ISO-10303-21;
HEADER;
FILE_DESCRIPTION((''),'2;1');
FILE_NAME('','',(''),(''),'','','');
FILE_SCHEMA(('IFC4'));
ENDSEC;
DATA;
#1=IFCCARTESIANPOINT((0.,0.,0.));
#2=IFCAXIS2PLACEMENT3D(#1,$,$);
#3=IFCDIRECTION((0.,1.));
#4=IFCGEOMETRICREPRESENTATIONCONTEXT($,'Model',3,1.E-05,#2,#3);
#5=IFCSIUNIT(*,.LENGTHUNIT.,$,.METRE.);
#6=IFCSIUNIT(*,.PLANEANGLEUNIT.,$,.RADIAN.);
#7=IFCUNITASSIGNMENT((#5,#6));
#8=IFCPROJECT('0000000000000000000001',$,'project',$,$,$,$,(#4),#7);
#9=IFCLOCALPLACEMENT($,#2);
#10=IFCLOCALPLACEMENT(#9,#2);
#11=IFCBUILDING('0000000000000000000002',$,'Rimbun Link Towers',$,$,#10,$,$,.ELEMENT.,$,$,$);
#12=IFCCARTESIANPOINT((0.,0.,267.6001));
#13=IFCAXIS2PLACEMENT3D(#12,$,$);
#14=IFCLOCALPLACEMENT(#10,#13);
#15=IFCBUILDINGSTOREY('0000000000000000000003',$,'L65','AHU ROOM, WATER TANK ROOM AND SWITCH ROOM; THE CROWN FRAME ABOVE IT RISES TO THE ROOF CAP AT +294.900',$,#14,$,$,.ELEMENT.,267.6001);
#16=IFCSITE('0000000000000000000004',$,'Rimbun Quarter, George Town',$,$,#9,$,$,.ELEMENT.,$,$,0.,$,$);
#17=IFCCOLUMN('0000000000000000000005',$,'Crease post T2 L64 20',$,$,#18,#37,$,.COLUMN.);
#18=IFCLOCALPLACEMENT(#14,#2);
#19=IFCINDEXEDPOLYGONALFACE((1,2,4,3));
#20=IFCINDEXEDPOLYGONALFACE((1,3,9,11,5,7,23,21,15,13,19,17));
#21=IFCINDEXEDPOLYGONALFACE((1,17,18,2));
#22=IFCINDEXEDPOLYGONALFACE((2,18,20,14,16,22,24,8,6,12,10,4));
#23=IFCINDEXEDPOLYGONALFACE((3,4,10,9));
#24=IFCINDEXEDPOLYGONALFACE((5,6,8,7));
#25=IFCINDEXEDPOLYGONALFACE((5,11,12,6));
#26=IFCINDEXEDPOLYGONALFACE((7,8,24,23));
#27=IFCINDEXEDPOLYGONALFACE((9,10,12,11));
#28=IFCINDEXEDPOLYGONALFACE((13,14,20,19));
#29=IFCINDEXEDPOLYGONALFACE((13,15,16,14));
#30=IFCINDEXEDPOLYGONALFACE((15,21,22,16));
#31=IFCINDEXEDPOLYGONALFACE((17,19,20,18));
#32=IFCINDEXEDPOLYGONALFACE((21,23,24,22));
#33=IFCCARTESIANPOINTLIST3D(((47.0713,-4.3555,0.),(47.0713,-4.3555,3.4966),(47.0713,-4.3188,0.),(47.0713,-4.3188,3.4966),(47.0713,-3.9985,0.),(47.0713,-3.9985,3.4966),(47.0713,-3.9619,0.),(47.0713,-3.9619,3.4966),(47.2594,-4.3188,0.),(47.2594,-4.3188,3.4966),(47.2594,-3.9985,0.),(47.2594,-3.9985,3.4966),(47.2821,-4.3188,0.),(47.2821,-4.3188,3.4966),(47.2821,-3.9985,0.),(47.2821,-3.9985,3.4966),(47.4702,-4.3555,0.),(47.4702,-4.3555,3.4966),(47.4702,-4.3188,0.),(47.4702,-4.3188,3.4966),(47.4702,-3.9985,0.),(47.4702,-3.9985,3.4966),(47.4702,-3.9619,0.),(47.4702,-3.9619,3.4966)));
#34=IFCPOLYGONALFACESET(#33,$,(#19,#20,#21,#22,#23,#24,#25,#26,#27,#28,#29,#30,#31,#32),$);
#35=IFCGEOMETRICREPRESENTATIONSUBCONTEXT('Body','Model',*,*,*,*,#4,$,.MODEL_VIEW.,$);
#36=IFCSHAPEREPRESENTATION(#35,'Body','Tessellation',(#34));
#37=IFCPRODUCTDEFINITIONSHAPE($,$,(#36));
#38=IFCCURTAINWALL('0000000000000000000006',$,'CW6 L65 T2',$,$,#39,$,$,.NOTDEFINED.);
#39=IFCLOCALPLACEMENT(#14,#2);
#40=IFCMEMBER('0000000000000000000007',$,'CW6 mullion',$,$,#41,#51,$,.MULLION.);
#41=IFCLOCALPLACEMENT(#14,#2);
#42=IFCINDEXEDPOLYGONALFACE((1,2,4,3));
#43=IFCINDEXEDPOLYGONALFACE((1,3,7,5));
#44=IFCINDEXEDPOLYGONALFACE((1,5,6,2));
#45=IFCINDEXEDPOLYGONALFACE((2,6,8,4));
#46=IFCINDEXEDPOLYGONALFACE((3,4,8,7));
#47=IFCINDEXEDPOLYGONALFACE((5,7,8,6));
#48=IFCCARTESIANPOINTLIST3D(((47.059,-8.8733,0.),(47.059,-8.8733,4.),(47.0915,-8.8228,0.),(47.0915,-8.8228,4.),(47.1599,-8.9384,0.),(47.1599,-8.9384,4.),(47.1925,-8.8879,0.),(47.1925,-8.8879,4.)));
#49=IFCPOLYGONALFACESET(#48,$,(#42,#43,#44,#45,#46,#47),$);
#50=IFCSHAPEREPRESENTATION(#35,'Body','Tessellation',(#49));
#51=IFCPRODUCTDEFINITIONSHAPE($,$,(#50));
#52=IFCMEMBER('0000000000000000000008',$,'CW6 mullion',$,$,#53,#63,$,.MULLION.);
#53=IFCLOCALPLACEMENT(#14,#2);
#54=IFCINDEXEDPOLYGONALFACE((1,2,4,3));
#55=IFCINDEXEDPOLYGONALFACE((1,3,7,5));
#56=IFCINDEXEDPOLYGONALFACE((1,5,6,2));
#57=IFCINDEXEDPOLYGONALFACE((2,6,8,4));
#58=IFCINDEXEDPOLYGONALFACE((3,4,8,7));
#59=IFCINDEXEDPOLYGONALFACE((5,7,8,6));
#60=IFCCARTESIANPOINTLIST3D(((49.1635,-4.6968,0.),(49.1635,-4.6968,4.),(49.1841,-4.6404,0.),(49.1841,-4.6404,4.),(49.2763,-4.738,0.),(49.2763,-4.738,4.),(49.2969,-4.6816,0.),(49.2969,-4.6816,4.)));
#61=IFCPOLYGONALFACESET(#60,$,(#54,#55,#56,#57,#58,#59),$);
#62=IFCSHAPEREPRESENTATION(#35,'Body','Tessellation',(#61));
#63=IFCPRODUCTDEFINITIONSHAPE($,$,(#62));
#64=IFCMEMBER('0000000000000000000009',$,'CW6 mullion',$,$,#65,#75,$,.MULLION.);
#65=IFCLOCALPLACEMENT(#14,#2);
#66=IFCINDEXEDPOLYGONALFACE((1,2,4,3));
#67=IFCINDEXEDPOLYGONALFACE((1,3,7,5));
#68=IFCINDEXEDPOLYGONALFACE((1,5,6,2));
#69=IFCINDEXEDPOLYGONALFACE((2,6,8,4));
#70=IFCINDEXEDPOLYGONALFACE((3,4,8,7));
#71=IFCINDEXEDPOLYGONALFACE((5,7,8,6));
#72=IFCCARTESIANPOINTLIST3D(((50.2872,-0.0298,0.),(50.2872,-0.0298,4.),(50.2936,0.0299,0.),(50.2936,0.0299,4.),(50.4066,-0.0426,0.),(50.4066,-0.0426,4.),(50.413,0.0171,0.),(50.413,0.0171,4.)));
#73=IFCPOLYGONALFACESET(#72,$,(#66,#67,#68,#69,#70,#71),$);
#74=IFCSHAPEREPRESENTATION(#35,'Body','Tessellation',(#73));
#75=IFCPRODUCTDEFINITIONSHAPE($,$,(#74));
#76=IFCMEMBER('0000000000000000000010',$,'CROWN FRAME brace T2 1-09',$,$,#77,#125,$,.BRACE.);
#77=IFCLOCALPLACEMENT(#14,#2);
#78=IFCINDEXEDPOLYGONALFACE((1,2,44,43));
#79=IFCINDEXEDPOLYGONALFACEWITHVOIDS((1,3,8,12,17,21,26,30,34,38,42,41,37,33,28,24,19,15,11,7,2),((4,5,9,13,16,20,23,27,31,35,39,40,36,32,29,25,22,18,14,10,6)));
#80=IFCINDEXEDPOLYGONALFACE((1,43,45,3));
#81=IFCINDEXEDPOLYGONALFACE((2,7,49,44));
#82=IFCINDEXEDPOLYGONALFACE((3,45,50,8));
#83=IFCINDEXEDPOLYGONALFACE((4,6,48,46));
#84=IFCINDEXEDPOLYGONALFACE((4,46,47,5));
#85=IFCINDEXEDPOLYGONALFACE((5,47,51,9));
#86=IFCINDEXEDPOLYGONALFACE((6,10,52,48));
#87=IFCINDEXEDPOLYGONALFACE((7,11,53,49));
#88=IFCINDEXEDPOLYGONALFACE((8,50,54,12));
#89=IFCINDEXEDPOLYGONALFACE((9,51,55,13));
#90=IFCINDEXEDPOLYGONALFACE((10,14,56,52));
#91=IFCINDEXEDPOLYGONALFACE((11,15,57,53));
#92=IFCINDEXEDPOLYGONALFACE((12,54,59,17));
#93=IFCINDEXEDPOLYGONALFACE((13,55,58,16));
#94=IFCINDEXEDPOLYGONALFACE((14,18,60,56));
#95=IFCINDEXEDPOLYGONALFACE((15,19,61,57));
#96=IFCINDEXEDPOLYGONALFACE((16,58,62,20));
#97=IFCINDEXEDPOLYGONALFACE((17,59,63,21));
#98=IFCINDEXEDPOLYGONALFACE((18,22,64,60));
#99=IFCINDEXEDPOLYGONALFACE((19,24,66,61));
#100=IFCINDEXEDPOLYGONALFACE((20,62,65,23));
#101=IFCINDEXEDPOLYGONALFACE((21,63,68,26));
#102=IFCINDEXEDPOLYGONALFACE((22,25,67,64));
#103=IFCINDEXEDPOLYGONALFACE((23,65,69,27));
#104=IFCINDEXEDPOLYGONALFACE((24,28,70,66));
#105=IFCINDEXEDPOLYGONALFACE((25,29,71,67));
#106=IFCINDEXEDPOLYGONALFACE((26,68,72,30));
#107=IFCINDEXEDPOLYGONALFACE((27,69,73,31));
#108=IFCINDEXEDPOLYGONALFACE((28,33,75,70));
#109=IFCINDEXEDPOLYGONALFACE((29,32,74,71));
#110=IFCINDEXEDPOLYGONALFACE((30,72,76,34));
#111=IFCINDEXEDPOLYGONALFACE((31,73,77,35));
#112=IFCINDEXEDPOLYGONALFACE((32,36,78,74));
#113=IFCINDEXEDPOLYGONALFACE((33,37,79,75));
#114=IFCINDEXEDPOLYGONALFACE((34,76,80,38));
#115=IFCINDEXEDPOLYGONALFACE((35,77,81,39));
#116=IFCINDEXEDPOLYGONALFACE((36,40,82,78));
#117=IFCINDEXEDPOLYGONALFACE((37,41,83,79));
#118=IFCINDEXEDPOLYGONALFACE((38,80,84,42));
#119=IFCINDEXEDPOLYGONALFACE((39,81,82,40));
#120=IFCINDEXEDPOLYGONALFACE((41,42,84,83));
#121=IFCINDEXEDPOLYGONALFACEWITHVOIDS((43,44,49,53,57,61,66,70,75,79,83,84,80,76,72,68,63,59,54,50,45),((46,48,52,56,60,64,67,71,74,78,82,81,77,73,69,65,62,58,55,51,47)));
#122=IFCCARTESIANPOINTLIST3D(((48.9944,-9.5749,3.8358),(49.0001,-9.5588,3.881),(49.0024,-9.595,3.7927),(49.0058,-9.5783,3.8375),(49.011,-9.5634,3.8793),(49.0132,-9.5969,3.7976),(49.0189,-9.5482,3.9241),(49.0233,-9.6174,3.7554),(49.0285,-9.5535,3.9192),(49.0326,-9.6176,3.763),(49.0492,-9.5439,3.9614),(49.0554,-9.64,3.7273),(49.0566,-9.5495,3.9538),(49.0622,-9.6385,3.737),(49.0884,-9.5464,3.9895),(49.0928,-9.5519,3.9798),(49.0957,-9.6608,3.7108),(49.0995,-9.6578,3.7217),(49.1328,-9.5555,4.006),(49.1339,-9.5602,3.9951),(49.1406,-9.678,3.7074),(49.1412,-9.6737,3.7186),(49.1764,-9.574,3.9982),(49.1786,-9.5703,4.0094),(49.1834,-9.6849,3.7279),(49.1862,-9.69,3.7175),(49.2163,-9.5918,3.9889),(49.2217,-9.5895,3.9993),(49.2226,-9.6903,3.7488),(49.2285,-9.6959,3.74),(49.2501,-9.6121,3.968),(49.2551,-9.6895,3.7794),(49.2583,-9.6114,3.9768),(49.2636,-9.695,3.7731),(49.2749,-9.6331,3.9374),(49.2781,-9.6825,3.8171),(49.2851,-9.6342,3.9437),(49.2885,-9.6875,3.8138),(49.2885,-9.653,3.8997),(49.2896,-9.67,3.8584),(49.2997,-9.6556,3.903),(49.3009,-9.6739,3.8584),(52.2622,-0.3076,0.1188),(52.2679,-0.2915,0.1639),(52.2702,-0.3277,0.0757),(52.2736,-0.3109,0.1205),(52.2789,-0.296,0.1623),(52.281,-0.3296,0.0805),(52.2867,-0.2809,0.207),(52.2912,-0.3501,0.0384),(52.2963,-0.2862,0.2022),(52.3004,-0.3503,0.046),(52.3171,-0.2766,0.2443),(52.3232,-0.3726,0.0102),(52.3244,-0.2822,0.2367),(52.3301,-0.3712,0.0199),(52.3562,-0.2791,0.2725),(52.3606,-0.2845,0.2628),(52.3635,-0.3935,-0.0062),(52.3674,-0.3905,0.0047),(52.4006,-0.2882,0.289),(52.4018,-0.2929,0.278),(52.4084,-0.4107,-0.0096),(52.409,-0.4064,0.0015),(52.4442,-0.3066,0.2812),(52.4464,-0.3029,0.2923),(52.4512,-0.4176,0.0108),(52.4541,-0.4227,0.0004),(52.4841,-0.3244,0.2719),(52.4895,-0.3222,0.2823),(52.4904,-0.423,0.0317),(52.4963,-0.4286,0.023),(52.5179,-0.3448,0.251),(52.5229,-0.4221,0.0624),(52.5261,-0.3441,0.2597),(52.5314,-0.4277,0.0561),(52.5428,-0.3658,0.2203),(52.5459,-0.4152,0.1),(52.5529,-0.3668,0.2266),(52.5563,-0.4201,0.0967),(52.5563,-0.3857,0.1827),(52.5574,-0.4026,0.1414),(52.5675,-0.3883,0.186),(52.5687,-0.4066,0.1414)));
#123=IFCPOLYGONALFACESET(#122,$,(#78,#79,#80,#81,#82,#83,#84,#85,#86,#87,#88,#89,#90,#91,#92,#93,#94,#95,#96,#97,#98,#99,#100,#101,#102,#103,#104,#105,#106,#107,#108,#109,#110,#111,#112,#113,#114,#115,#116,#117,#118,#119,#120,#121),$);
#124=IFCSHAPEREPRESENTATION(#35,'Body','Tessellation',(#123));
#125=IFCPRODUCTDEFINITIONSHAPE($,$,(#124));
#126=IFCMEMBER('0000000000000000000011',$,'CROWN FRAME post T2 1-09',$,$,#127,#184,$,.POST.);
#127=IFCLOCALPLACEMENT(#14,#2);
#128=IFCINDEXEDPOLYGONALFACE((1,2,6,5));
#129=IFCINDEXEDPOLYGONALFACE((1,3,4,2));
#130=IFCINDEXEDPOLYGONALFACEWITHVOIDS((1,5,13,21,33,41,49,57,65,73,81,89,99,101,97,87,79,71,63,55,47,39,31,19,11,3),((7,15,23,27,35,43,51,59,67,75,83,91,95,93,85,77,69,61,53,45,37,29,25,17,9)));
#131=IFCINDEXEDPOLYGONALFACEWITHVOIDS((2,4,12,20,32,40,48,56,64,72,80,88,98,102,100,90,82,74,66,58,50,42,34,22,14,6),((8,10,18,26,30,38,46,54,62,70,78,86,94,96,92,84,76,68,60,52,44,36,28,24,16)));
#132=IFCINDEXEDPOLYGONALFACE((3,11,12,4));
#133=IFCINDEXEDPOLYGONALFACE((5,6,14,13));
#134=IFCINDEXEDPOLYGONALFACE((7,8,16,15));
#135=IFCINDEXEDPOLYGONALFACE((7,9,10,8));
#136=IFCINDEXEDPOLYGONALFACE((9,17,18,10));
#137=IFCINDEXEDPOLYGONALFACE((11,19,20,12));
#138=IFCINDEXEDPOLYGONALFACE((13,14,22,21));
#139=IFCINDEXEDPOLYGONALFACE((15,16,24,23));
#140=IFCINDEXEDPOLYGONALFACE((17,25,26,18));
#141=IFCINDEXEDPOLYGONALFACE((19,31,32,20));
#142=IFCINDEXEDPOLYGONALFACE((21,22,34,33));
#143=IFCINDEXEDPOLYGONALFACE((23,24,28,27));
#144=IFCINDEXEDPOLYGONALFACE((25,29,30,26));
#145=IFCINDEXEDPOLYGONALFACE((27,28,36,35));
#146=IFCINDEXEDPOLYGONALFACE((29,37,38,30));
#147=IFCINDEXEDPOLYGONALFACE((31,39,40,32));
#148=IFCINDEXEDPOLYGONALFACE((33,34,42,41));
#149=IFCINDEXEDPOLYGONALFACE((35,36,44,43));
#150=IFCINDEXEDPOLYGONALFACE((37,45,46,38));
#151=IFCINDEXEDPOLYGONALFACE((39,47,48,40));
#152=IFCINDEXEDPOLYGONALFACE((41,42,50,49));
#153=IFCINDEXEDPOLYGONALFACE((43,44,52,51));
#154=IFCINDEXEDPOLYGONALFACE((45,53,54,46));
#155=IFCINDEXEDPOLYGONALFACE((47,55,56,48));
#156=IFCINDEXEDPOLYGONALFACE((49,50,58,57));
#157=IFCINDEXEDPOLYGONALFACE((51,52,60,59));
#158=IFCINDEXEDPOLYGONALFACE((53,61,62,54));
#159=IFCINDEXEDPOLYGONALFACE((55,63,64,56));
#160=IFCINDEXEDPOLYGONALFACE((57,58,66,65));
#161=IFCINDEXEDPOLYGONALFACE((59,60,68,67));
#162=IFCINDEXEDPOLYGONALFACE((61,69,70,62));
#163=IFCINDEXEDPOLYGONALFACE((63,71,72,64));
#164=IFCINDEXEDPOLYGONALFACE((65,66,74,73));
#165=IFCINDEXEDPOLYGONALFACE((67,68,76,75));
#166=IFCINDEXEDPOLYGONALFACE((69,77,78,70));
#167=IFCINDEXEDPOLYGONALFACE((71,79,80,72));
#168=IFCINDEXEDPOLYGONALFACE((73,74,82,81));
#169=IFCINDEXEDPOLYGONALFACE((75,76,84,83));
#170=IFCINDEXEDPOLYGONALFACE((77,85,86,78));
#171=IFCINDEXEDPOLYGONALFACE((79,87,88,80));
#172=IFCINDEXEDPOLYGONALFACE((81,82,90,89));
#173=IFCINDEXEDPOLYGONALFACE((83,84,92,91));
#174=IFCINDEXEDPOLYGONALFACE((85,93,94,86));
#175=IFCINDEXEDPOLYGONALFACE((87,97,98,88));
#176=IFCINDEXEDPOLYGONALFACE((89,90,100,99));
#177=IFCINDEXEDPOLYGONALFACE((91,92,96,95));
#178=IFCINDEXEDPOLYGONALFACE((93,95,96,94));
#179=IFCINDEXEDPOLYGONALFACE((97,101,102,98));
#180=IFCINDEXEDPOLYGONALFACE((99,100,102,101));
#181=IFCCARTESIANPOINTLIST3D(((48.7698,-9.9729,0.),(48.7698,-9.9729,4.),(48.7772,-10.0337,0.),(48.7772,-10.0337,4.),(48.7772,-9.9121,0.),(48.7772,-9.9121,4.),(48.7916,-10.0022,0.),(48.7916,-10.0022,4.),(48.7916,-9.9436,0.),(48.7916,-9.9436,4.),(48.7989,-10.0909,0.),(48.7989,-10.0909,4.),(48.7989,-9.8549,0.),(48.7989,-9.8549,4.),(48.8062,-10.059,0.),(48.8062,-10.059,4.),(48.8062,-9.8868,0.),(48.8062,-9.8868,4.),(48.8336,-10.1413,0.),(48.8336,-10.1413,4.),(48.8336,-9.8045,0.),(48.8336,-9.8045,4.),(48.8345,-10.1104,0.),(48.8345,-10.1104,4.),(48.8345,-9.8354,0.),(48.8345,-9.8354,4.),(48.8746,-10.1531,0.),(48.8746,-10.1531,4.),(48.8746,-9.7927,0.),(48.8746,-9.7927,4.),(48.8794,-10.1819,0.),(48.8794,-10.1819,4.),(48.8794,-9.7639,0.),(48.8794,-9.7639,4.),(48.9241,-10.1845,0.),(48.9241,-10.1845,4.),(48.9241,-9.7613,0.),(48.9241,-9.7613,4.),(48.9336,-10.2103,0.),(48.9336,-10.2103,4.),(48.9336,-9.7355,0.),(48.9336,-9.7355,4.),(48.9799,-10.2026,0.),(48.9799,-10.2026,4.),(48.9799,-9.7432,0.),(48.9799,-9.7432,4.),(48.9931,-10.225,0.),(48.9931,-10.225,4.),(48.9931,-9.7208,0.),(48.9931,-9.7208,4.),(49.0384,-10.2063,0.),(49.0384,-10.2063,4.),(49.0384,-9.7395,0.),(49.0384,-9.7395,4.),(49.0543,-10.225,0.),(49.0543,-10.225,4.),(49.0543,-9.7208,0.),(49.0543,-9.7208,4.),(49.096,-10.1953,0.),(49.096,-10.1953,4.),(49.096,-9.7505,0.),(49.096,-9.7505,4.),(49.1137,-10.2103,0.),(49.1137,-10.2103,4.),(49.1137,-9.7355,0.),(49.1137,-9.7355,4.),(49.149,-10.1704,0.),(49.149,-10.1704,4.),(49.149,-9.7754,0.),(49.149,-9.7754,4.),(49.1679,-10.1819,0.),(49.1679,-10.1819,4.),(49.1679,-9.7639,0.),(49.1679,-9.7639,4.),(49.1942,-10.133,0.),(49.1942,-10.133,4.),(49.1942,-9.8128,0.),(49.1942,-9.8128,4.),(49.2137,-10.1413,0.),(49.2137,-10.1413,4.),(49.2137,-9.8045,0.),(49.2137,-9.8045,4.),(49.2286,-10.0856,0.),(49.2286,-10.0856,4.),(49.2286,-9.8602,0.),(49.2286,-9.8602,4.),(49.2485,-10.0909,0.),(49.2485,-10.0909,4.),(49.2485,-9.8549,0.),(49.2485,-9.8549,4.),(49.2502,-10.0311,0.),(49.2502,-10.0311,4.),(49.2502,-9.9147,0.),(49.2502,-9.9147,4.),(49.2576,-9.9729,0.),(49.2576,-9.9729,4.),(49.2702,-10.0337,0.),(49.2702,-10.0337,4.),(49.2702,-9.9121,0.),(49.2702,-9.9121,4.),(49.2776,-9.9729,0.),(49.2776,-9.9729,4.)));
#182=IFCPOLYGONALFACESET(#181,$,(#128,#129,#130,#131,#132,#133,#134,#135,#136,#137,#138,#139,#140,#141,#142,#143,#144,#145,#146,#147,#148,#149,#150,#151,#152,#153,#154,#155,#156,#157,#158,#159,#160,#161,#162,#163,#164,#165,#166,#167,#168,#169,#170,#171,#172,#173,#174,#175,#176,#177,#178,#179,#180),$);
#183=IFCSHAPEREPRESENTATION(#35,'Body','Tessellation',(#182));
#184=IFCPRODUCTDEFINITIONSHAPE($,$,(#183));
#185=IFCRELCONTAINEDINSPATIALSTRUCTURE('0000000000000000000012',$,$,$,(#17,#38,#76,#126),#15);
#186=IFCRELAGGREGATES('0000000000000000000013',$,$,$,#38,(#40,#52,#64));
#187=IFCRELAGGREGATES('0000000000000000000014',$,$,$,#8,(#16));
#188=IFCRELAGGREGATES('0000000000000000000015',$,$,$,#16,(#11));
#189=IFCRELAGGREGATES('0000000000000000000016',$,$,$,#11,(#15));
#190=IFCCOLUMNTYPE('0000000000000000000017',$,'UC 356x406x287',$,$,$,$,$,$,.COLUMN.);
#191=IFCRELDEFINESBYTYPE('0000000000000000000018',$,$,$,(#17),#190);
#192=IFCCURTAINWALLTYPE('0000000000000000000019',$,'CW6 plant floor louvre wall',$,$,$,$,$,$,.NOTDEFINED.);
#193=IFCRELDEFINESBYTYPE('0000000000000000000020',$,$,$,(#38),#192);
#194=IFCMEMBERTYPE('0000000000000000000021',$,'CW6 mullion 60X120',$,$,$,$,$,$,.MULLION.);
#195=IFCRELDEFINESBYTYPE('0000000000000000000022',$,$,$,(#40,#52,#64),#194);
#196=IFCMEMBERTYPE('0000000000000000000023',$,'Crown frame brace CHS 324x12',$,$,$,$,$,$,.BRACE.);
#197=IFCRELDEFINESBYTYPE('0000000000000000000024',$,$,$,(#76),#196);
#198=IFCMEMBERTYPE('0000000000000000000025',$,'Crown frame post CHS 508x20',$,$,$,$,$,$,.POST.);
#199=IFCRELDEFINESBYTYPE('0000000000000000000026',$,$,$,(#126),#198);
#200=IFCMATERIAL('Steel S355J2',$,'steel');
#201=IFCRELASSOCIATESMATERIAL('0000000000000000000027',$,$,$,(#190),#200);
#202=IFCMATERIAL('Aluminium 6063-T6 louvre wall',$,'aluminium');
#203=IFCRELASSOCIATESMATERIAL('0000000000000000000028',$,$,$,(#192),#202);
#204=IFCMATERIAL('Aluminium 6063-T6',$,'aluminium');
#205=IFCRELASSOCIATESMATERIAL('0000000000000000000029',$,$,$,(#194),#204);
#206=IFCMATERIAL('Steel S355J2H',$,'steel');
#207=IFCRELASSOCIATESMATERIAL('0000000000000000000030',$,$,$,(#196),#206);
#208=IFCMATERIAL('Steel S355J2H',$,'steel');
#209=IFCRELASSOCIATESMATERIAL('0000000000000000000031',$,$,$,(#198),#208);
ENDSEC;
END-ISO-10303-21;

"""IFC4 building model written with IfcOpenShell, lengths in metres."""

from ifc_helpers import new_model, si_unit, direction, frame, origin, origin_2d, place, context, subcontext, project, spatial, rectangle, hollow_circle, i_section, extrude, material, material_profile, profile_set, type_object, element, aggregate, save


model = new_model("IFC4")

# Units and contexts
model_context = context("Model", 3, precision=1e-05, world=origin(), true_north=direction((0.0, 1.0)))
body_context = subcontext(model_context, "Body", "Model", "MODEL_VIEW")
ifc_project = project(units=[si_unit("LENGTHUNIT", "METRE"), si_unit("PLANEANGLEUNIT", "RADIAN")], contexts=[model_context])

# Site, building, storey
site_placement = place(None, origin())
site = spatial("IfcSite", under=ifc_project, at=site_placement, Name="Rimbun Quarter, George Town", CompositionType="ELEMENT", RefElevation=0.0)
building_placement = place(site_placement, origin())
building = spatial("IfcBuilding", under=site, at=building_placement, Name="Rimbun Link Towers", CompositionType="ELEMENT")
storey_placement = place(building_placement, frame((0.0, 0.0, 267.6001)))
storey = spatial("IfcBuildingStorey", under=building, at=storey_placement, Name="L65", Description="AHU ROOM, WATER TANK ROOM AND SWITCH ROOM; THE CROWN FRAME ABOVE IT RISES TO THE ROOF CAP AT +294.900", CompositionType="ELEMENT", Elevation=267.6001)

# Column
ifc_material_1 = material(Name="Steel S355J2", Category="steel")
ifc_material_profile_1 = material_profile(ifc_material_1, i_section(OverallWidth=0.3989, OverallDepth=0.3936, WebThickness=0.0227, FlangeThickness=0.0366, at=origin_2d()), Name="UC 356x406x287")
ifc_profile_set_1 = profile_set([ifc_material_profile_1], Name="Steel S355J2")
column_type = type_object("IfcColumnType", Name="UC 356x406x287", PredefinedType="COLUMN", material=ifc_profile_set_1)
column_placement = place(storey_placement, frame((47.2708, -4.1587, 0.0), z_axis=(0.0, 0.0, 1.0), x_axis=(1.0, 0.0, 0.0)))
element("IfcColumn", 1, at=column_placement, inside=storey, type_object=column_type, Name="Crease post T2 L64 20", PredefinedType="COLUMN", context=body_context, shape_type="SweptSolid", body=[
    extrude(i_section(OverallWidth=0.3989, OverallDepth=0.3936, WebThickness=0.0227, FlangeThickness=0.0366, at=origin_2d()), origin(), (0.0, 0.0, 1.0), 3.4966),
])

# Curtain wall, members
ifc_material_2 = material(Name="Aluminium 6063-T6 louvre wall", Category="aluminium")
curtain_wall_type = type_object("IfcCurtainWallType", Name="CW6 plant floor louvre wall", PredefinedType="NOTDEFINED", material=ifc_material_2)
curtain_wall_placement = place(storey_placement, origin())
curtain_wall = element("IfcCurtainWall", 2, at=curtain_wall_placement, inside=storey, type_object=curtain_wall_type, Name="CW6 L65 T2", PredefinedType="NOTDEFINED")
ifc_material_3 = material(Name="Aluminium 6063-T6", Category="aluminium")
ifc_material_profile_2 = material_profile(ifc_material_3, rectangle(XDim=0.1201, YDim=0.0601, at=origin_2d()), Name="MULLION 60X120")
ifc_profile_set_2 = profile_set([ifc_material_profile_2], Name="Aluminium 6063-T6")
member_type_1 = type_object("IfcMemberType", Name="CW6 mullion 60X120", PredefinedType="MULLION", material=ifc_profile_set_2)
member_1_placement = place(storey_placement, frame((47.1257, -8.8806, 0.0), z_axis=(0.0, 0.0, 1.0), x_axis=(0.840313, -0.542101, 0.0)))
member_1 = element("IfcMember", 3, at=member_1_placement, type_object=member_type_1, Name="CW6 mullion", PredefinedType="MULLION", context=body_context, shape_type="SweptSolid", body=[
    extrude(rectangle(XDim=0.1201, YDim=0.0601, at=origin_2d()), origin(), (0.0, 0.0, 1.0), 4.0),
])
member_2_placement = place(storey_placement, frame((49.2302, -4.6892, 0.0), z_axis=(0.0, 0.0, 1.0), x_axis=(0.939349, -0.342962, 0.0)))
member_2 = element("IfcMember", 4, at=member_2_placement, type_object=member_type_1, Name="CW6 mullion", PredefinedType="MULLION", context=body_context, shape_type="SweptSolid", body=[
    extrude(rectangle(XDim=0.1201, YDim=0.0601, at=origin_2d()), origin(), (0.0, 0.0, 1.0), 4.0),
])
member_3_placement = place(storey_placement, frame((50.3501, -0.0063, 0.0), z_axis=(0.0, 0.0, 1.0), x_axis=(0.994298, -0.106641, 0.0)))
member_3 = element("IfcMember", 5, at=member_3_placement, type_object=member_type_1, Name="CW6 mullion", PredefinedType="MULLION", context=body_context, shape_type="SweptSolid", body=[
    extrude(rectangle(XDim=0.1201, YDim=0.0601, at=origin_2d()), origin(), (0.0, 0.0, 1.0), 4.0),
])

# Members
ifc_material_4 = material(Name="Steel S355J2H", Category="steel")
ifc_material_profile_3 = material_profile(ifc_material_4, hollow_circle(Radius=0.1619, WallThickness=0.012, at=origin_2d()), Name="Crown frame brace CHS 324x12")
ifc_profile_set_3 = profile_set([ifc_material_profile_3], Name="Steel S355J2H")
member_type_2 = type_object("IfcMemberType", Name="Crown frame brace CHS 324x12", PredefinedType="BRACE", material=ifc_profile_set_3)
member_4_placement = place(storey_placement, frame((52.416, -0.3528, 0.1414), z_axis=(-0.31104, -0.882089, 0.353798), x_axis=(0.943086, -0.332548, 0.0)))
element("IfcMember", 6, at=member_4_placement, inside=storey, type_object=member_type_2, Name="CROWN FRAME brace T2 1-09", PredefinedType="BRACE", context=body_context, shape_type="SweptSolid", body=[
    extrude(hollow_circle(Radius=0.1619, WallThickness=0.012, at=origin_2d()), origin(), (0.0, 0.0, 1.0), 10.5061),
])
ifc_material_5 = material(Name="Steel S355J2H", Category="steel")
ifc_material_profile_4 = material_profile(ifc_material_5, hollow_circle(Radius=0.2539, WallThickness=0.02, at=origin_2d()), Name="Crown frame post CHS 508x20")
ifc_profile_set_4 = profile_set([ifc_material_profile_4], Name="Steel S355J2H")
member_type_3 = type_object("IfcMemberType", Name="Crown frame post CHS 508x20", PredefinedType="POST", material=ifc_profile_set_4)
member_5_placement = place(storey_placement, frame((49.0237, -9.9729, 0.0), z_axis=(0.0, 0.0, 1.0), x_axis=(1.0, 0.0, 0.0)))
element("IfcMember", 7, at=member_5_placement, inside=storey, type_object=member_type_3, Name="CROWN FRAME post T2 1-09", PredefinedType="POST", context=body_context, shape_type="SweptSolid", body=[
    extrude(hollow_circle(Radius=0.2539, WallThickness=0.02, at=origin_2d()), origin(), (0.0, 0.0, 1.0), 4.0),
])

aggregate(curtain_wall, [member_1, member_2, member_3])

save(model, "model.ifc")
